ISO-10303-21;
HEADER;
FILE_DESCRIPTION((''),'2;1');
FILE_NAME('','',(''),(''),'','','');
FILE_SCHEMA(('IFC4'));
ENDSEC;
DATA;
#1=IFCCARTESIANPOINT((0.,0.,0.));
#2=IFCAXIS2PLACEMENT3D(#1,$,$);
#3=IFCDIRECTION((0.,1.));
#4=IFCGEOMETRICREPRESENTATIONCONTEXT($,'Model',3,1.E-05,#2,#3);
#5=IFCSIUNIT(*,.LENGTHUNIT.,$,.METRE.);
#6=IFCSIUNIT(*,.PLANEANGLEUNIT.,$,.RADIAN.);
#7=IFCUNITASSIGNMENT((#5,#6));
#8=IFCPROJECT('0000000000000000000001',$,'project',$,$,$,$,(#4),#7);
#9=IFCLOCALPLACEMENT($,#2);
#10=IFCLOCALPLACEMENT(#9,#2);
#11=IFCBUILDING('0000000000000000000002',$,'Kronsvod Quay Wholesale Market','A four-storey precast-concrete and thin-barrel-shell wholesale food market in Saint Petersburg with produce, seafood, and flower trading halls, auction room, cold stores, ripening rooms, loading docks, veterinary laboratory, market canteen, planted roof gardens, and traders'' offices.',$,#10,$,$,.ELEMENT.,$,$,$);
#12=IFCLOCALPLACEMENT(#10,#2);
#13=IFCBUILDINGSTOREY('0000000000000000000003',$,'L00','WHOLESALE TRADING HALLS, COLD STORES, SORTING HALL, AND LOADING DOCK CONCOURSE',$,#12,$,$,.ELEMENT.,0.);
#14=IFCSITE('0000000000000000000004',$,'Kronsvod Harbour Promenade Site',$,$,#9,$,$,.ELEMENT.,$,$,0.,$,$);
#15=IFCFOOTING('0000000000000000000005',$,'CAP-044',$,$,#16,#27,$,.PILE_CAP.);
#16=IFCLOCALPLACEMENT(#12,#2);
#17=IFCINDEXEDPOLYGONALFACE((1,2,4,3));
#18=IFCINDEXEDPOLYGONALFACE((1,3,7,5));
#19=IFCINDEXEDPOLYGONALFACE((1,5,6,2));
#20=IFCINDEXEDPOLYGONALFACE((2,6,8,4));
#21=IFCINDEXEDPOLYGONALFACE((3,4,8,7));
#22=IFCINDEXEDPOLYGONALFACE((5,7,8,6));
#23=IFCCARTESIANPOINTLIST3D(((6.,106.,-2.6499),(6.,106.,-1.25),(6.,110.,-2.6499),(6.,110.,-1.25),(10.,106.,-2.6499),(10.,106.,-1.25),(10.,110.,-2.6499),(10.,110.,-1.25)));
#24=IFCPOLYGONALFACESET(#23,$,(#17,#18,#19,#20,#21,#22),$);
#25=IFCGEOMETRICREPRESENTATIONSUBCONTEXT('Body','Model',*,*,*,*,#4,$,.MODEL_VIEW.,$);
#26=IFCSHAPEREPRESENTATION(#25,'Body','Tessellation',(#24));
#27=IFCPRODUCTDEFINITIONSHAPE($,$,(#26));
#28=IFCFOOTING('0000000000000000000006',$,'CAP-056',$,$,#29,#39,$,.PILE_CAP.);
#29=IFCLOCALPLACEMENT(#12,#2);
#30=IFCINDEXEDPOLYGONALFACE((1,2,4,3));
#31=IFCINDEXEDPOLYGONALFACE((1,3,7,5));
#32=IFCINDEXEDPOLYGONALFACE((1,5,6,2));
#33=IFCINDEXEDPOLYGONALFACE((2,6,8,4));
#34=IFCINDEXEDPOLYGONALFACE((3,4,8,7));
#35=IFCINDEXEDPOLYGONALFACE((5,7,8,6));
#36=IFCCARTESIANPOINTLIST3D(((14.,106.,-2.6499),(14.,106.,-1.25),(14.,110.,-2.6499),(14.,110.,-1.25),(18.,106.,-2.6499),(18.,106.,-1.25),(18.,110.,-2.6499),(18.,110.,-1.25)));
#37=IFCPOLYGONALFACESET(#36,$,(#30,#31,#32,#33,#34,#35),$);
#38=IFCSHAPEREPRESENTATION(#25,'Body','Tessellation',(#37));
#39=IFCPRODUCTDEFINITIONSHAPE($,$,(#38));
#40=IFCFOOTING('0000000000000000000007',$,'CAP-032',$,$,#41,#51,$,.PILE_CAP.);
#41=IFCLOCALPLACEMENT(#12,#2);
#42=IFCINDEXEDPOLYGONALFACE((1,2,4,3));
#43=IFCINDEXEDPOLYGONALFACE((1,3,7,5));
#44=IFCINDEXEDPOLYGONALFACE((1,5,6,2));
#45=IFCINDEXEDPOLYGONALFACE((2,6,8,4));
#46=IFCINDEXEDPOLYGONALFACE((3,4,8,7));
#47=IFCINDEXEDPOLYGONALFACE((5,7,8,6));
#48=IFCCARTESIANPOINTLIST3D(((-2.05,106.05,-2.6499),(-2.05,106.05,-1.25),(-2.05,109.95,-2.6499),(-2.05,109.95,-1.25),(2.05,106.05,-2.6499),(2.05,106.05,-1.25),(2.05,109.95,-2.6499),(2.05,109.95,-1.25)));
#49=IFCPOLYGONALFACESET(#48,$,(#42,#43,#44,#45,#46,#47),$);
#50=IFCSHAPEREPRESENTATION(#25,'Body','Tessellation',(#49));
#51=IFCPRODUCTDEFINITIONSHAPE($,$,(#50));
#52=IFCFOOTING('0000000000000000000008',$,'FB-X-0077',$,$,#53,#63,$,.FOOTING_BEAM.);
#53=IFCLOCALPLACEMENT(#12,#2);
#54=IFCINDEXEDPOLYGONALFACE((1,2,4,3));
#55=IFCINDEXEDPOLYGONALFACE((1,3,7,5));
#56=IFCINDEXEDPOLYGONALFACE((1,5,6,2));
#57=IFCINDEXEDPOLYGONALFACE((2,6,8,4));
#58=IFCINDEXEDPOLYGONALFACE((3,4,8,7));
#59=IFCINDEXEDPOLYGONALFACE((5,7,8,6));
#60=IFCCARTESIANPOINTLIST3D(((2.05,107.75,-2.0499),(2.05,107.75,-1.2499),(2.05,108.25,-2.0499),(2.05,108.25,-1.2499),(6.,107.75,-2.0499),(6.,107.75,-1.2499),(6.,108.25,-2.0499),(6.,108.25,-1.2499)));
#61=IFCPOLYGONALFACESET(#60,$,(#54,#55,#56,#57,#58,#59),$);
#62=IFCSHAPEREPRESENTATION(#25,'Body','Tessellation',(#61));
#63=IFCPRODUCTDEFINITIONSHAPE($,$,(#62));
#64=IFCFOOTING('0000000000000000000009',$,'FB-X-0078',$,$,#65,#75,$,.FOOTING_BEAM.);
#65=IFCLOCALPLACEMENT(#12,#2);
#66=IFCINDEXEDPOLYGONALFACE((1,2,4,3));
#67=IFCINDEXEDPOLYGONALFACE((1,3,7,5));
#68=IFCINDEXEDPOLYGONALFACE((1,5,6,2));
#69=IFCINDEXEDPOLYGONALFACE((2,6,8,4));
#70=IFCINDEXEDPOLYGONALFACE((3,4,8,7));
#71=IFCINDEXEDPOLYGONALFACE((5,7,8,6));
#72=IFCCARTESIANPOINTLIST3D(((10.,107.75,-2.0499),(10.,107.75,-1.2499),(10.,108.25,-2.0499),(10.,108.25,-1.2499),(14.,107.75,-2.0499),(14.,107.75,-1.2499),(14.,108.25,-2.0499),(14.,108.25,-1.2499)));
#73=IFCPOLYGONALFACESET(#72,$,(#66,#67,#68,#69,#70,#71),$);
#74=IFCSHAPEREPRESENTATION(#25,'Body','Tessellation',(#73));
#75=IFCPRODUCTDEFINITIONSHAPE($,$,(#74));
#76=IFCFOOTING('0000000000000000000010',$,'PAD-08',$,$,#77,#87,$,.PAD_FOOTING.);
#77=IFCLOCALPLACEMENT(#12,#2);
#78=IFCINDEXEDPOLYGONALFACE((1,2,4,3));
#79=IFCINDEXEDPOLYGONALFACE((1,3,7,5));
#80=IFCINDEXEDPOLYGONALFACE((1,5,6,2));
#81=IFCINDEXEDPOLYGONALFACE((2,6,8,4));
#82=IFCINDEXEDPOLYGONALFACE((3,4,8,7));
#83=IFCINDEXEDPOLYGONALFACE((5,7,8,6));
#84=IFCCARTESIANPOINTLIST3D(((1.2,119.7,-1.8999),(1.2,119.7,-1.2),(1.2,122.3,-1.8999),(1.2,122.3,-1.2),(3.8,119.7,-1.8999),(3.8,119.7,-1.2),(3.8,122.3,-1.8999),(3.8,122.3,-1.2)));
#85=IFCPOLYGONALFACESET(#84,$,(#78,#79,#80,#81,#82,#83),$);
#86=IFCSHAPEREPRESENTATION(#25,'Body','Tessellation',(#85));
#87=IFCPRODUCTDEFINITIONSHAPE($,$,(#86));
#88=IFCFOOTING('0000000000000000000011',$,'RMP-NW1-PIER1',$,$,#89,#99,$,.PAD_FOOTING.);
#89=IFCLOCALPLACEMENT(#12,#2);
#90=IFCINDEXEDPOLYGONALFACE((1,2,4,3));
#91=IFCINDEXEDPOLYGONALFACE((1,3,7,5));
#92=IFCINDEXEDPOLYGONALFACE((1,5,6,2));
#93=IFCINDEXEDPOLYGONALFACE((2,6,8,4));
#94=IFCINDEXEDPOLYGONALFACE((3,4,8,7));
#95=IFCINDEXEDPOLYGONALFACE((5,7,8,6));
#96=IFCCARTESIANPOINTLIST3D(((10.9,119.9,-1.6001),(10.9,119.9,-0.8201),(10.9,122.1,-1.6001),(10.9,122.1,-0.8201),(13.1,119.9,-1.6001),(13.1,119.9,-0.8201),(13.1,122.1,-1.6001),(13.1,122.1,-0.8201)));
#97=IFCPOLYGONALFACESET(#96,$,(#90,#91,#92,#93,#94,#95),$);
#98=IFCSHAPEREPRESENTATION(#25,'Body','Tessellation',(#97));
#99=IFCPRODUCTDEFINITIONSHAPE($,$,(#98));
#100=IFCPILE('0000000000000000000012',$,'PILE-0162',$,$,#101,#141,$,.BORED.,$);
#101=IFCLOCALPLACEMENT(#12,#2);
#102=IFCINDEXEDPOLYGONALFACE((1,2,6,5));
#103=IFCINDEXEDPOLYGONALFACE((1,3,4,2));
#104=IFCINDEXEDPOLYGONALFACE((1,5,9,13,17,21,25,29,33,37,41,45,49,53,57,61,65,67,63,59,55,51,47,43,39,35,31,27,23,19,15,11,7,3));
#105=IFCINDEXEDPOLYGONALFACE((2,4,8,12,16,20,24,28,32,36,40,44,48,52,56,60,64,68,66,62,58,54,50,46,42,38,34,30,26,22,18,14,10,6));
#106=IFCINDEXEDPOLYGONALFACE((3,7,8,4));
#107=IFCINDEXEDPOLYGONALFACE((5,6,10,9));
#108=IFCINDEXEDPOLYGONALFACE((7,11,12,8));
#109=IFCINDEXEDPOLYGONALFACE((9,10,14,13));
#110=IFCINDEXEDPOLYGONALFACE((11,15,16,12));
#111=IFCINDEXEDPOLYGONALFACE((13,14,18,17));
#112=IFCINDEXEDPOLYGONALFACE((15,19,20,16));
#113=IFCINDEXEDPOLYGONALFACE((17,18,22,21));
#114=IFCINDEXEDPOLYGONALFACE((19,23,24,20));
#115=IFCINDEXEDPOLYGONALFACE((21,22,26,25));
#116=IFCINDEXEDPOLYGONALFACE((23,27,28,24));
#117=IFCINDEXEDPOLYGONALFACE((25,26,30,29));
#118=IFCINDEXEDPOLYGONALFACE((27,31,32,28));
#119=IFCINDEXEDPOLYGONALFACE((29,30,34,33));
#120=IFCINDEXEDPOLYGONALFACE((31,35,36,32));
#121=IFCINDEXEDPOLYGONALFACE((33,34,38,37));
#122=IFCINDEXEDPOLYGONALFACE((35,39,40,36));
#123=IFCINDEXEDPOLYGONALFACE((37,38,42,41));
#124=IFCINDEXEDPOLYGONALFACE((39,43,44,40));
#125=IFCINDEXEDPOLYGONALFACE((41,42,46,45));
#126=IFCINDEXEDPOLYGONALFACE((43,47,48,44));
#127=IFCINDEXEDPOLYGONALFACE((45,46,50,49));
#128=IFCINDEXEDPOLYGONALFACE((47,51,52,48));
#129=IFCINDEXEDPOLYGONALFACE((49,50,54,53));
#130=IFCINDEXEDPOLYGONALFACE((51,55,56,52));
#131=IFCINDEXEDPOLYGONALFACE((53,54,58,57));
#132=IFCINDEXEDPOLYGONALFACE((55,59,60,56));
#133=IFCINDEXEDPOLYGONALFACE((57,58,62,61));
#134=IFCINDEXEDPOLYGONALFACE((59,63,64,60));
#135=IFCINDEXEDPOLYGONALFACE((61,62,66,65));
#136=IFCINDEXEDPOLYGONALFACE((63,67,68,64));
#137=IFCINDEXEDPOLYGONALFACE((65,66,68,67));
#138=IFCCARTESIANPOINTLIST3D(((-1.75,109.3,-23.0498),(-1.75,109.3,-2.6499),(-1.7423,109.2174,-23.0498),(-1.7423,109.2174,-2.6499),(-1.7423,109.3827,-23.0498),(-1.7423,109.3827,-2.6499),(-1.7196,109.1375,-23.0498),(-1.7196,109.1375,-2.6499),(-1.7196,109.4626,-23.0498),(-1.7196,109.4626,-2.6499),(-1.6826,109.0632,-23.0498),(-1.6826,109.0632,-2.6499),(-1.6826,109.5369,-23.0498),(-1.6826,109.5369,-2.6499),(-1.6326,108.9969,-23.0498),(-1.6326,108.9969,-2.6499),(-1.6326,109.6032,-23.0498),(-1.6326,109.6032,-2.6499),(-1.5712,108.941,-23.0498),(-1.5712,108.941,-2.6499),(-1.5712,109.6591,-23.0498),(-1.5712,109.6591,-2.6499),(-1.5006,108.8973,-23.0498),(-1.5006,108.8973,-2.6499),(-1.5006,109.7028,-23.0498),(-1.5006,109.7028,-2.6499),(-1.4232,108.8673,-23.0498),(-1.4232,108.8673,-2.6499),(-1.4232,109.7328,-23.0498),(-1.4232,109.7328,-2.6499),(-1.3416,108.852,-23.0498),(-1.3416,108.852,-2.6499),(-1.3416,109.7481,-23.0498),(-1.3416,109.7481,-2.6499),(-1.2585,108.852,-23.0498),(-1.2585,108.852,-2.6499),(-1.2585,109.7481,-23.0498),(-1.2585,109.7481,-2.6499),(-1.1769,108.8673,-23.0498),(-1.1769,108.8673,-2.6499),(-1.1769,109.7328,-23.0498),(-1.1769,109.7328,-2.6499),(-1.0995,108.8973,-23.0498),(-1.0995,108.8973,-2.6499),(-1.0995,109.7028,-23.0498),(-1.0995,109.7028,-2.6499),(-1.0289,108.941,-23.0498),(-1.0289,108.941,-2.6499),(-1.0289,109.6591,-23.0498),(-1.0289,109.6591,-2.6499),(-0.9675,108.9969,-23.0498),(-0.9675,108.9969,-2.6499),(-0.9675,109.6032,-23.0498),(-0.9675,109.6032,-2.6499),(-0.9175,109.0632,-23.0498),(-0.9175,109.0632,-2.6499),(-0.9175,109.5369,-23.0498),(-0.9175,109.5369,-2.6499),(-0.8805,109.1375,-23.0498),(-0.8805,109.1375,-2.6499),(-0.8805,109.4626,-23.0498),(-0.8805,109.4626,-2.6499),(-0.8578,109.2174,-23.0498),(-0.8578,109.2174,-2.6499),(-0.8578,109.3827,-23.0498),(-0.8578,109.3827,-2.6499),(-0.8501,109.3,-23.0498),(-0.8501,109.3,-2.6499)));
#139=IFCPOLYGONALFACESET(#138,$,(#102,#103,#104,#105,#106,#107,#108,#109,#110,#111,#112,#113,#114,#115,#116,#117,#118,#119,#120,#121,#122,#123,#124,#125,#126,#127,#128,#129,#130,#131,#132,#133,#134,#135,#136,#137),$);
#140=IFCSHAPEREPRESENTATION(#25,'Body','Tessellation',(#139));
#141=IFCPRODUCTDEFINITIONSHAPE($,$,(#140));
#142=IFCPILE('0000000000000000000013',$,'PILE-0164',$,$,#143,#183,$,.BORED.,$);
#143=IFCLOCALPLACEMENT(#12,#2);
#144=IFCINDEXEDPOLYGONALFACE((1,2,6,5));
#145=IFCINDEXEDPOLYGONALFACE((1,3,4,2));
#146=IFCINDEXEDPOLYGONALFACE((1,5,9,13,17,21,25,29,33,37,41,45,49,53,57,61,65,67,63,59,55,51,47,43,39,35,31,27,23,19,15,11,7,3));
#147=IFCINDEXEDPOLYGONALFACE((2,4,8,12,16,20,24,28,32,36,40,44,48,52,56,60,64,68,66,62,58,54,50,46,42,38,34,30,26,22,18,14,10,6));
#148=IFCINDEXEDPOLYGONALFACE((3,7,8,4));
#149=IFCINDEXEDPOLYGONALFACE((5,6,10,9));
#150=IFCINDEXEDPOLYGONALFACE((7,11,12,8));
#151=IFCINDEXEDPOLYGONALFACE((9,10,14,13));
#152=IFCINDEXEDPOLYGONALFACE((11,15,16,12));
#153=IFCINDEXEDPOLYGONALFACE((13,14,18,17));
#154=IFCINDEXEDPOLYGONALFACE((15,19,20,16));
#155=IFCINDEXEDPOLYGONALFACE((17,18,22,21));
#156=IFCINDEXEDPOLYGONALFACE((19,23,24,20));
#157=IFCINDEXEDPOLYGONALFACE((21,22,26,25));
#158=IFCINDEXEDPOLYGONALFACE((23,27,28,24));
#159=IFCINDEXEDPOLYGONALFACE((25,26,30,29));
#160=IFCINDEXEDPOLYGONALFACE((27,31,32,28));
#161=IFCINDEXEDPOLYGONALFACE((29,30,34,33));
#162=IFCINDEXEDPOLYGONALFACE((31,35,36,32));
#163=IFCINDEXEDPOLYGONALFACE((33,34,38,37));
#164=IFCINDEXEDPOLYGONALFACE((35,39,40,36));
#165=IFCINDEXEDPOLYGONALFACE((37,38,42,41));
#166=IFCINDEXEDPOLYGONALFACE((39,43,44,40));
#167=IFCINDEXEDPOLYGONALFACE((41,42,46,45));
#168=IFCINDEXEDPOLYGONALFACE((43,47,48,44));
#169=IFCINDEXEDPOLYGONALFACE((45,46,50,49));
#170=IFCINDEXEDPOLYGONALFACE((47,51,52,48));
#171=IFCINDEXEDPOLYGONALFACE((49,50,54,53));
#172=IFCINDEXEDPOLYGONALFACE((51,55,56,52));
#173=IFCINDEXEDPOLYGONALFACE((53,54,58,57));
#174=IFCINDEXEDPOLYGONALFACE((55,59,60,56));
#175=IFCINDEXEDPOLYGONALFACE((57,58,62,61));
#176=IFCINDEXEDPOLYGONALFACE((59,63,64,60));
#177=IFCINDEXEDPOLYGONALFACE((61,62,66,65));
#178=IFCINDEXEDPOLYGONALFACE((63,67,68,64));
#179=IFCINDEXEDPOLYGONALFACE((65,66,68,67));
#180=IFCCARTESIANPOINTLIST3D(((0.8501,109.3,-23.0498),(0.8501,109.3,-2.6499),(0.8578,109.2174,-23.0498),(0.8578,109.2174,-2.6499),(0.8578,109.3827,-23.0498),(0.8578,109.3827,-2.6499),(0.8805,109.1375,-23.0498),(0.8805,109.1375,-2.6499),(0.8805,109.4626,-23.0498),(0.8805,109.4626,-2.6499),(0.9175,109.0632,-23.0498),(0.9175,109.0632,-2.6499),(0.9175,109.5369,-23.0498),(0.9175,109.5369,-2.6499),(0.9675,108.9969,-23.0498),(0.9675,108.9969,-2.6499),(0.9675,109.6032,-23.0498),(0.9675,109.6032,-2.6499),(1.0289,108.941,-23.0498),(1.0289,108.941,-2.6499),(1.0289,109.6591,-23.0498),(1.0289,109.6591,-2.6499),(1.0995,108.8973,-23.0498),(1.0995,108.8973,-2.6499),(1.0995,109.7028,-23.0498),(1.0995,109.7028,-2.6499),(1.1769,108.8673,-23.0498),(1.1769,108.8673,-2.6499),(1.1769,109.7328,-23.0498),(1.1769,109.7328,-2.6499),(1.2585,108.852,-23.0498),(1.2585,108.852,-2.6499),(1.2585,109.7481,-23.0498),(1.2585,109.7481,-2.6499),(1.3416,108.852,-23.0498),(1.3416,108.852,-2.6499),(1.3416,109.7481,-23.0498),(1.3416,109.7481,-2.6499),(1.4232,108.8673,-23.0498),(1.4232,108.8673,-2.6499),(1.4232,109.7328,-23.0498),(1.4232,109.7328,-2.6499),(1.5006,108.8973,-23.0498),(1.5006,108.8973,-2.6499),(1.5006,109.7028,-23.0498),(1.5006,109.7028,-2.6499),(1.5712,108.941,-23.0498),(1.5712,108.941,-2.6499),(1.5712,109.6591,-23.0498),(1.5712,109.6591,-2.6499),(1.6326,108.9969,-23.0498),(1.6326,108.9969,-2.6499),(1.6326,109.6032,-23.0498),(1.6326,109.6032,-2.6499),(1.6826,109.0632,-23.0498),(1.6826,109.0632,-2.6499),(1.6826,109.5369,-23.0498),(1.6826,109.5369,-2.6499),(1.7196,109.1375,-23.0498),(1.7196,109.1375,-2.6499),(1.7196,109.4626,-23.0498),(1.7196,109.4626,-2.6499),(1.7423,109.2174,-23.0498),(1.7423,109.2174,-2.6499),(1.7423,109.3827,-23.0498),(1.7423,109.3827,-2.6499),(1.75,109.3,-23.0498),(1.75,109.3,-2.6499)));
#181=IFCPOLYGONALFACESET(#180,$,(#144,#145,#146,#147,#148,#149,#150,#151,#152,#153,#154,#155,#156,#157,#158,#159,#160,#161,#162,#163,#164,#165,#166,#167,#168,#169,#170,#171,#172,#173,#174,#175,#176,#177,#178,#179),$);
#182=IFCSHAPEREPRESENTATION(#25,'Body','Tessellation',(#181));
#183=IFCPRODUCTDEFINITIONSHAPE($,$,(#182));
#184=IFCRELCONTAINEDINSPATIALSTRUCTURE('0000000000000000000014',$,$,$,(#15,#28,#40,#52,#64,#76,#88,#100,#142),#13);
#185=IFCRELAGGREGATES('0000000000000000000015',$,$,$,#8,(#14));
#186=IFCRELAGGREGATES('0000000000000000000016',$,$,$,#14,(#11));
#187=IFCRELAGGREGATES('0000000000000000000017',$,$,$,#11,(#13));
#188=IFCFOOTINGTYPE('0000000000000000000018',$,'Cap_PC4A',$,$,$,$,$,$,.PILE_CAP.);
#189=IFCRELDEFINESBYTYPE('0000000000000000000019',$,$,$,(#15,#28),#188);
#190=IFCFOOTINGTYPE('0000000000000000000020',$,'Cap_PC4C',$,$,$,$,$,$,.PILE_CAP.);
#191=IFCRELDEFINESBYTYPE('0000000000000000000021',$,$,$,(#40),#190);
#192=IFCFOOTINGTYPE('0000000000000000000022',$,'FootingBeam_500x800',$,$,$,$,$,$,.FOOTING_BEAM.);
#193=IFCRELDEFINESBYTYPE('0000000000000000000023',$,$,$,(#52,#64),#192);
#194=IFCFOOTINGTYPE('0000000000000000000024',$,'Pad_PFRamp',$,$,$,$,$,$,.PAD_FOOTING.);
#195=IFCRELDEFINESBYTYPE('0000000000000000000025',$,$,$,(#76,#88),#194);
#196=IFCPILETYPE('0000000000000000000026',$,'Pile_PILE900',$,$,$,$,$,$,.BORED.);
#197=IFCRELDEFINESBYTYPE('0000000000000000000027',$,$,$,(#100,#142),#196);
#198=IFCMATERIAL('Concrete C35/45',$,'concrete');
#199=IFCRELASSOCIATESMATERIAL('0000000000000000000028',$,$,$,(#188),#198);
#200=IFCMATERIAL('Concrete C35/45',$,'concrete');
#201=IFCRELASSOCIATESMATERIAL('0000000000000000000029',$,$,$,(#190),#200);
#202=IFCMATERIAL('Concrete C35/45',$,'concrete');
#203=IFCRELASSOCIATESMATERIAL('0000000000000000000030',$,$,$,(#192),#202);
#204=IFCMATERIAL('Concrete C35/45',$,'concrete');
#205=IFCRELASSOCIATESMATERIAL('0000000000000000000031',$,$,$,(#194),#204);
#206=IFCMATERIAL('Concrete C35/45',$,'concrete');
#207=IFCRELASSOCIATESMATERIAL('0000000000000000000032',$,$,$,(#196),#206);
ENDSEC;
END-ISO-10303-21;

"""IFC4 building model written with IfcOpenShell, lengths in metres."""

from ifc_helpers import new_model, si_unit, direction, frame, origin, origin_2d, place, context, subcontext, project, spatial, rectangle, circle, extrude, material, material_profile, profile_set, type_object, element, save


model = new_model("IFC4")

# Units and contexts
model_context = context("Model", 3, precision=1e-05, world=origin(), true_north=direction((0.0, 1.0)))
body_context = subcontext(model_context, "Body", "Model", "MODEL_VIEW")
ifc_project = project(units=[si_unit("LENGTHUNIT", "METRE"), si_unit("PLANEANGLEUNIT", "RADIAN")], contexts=[model_context])

# Site, building, storey
site_placement = place(None, origin())
site = spatial("IfcSite", under=ifc_project, at=site_placement, Name="Kronsvod Harbour Promenade Site", CompositionType="ELEMENT", RefElevation=0.0)
building_placement = place(site_placement, origin())
building = spatial("IfcBuilding", under=site, at=building_placement, Name="Kronsvod Quay Wholesale Market", Description="A four-storey precast-concrete and thin-barrel-shell wholesale food market in Saint Petersburg with produce, seafood, and flower trading halls, auction room, cold stores, ripening rooms, loading docks, veterinary laboratory, market canteen, planted roof gardens, and traders' offices.", CompositionType="ELEMENT")
storey_placement = place(building_placement, origin())
storey = spatial("IfcBuildingStorey", under=building, at=storey_placement, Name="L00", Description="WHOLESALE TRADING HALLS, COLD STORES, SORTING HALL, AND LOADING DOCK CONCOURSE", CompositionType="ELEMENT", Elevation=0.0)

# Footings
ifc_material_1 = material(Name="Concrete C35/45", Category="concrete")
footing_type_1 = type_object("IfcFootingType", Name="Cap_PC4A", PredefinedType="PILE_CAP", material=ifc_material_1)
for number, where, z_axis, x_axis, name in (
    (1, (8.0, 108.0, -2.6499), (0.0, 0.0, 1.0), (1.0, 0.0, 0.0), "CAP-044"),
    (2, (16.0, 108.0, -2.6499), (0.0, 0.0, 1.0), (1.0, 0.0, 0.0), "CAP-056"),
):
    element("IfcFooting", number, at=place(storey_placement, frame(where, z_axis=z_axis, x_axis=x_axis)), inside=storey, type_object=footing_type_1, Name=name, PredefinedType="PILE_CAP", context=body_context, shape_type="SweptSolid", body=[
        extrude(rectangle(XDim=4.0, YDim=4.0, at=origin_2d()), origin(), (0.0, 0.0, 1.0), 1.3999),
    ])
ifc_material_2 = material(Name="Concrete C35/45", Category="concrete")
footing_type_2 = type_object("IfcFootingType", Name="Cap_PC4C", PredefinedType="PILE_CAP", material=ifc_material_2)
footing_1_placement = place(storey_placement, frame((0.0, 108.0, -2.6499), z_axis=(0.0, 0.0, 1.0), x_axis=(1.0, 0.0, 0.0)))
element("IfcFooting", 3, at=footing_1_placement, inside=storey, type_object=footing_type_2, Name="CAP-032", PredefinedType="PILE_CAP", context=body_context, shape_type="SweptSolid", body=[
    extrude(rectangle(XDim=4.1001, YDim=3.8999, at=origin_2d()), origin(), (0.0, 0.0, 1.0), 1.3999),
])
ifc_material_3 = material(Name="Concrete C35/45", Category="concrete")
ifc_material_profile_1 = material_profile(ifc_material_3, rectangle(XDim=0.5, YDim=0.8, at=origin_2d()), Name="FB-01")
ifc_profile_set_1 = profile_set([ifc_material_profile_1], Name="Concrete C35/45")
footing_type_3 = type_object("IfcFootingType", Name="FootingBeam_500x800", PredefinedType="FOOTING_BEAM", material=ifc_profile_set_1)
footing_2_placement = place(storey_placement, frame((2.05, 108.0, -1.6499), z_axis=(1.0, 0.0, 0.0), x_axis=(0.0, 1.0, 0.0)))
element("IfcFooting", 4, at=footing_2_placement, inside=storey, type_object=footing_type_3, Name="FB-X-0077", PredefinedType="FOOTING_BEAM", context=body_context, shape_type="SweptSolid", body=[
    extrude(rectangle(XDim=0.5, YDim=0.8, at=origin_2d()), origin(), (0.0, 0.0, 1.0), 3.95),
])
footing_3_placement = place(storey_placement, frame((10.0, 108.0, -1.6499), z_axis=(1.0, 0.0, 0.0), x_axis=(0.0, 1.0, 0.0)))
element("IfcFooting", 5, at=footing_3_placement, inside=storey, type_object=footing_type_3, Name="FB-X-0078", PredefinedType="FOOTING_BEAM", context=body_context, shape_type="SweptSolid", body=[
    extrude(rectangle(XDim=0.5, YDim=0.8, at=origin_2d()), origin(), (0.0, 0.0, 1.0), 4.0),
])
ifc_material_4 = material(Name="Concrete C35/45", Category="concrete")
footing_type_4 = type_object("IfcFootingType", Name="Pad_PFRamp", PredefinedType="PAD_FOOTING", material=ifc_material_4)
footing_4_placement = place(storey_placement, frame((2.5, 121.0, -1.8999), z_axis=(0.0, 0.0, 1.0), x_axis=(1.0, 0.0, 0.0)))
element("IfcFooting", 6, at=footing_4_placement, inside=storey, type_object=footing_type_4, Name="PAD-08", PredefinedType="PAD_FOOTING", context=body_context, shape_type="SweptSolid", body=[
    extrude(rectangle(XDim=2.6001, YDim=2.6001, at=origin_2d()), origin(), (0.0, 0.0, 1.0), 0.7),
])
footing_5_placement = place(storey_placement, frame((12.0, 121.0, -1.6001), z_axis=(0.0, 0.0, 1.0), x_axis=(1.0, 0.0, 0.0)))
element("IfcFooting", 7, at=footing_5_placement, inside=storey, type_object=footing_type_4, Name="RMP-NW1-PIER1", PredefinedType="PAD_FOOTING", context=body_context, shape_type="SweptSolid", body=[
    extrude(rectangle(XDim=2.2, YDim=2.2, at=origin_2d()), origin(), (0.0, 0.0, 1.0), 0.78),
])

# Piles
ifc_material_5 = material(Name="Concrete C35/45", Category="concrete")
ifc_material_profile_2 = material_profile(ifc_material_5, circle(Radius=0.45, at=origin_2d()), Name="PILE900")
ifc_profile_set_2 = profile_set([ifc_material_profile_2], Name="Concrete C35/45")
pile_type = type_object("IfcPileType", Name="Pile_PILE900", PredefinedType="BORED", material=ifc_profile_set_2)
for number, where, z_axis, x_axis, name in (
    (8, (-1.3, 109.3, -2.6499), (0.0, 0.0, -1.0), (1.0, 0.0, 0.0), "PILE-0162"),
    (9, (1.3, 109.3, -2.6499), (0.0, 0.0, -1.0), (1.0, 0.0, 0.0), "PILE-0164"),
):
    element("IfcPile", number, at=place(storey_placement, frame(where, z_axis=z_axis, x_axis=x_axis)), inside=storey, type_object=pile_type, Name=name, PredefinedType="BORED", context=body_context, shape_type="SweptSolid", body=[
        extrude(circle(Radius=0.45, at=origin_2d()), origin(), (0.0, 0.0, 1.0), 20.3999),
    ])

save(model, "model.ifc")
